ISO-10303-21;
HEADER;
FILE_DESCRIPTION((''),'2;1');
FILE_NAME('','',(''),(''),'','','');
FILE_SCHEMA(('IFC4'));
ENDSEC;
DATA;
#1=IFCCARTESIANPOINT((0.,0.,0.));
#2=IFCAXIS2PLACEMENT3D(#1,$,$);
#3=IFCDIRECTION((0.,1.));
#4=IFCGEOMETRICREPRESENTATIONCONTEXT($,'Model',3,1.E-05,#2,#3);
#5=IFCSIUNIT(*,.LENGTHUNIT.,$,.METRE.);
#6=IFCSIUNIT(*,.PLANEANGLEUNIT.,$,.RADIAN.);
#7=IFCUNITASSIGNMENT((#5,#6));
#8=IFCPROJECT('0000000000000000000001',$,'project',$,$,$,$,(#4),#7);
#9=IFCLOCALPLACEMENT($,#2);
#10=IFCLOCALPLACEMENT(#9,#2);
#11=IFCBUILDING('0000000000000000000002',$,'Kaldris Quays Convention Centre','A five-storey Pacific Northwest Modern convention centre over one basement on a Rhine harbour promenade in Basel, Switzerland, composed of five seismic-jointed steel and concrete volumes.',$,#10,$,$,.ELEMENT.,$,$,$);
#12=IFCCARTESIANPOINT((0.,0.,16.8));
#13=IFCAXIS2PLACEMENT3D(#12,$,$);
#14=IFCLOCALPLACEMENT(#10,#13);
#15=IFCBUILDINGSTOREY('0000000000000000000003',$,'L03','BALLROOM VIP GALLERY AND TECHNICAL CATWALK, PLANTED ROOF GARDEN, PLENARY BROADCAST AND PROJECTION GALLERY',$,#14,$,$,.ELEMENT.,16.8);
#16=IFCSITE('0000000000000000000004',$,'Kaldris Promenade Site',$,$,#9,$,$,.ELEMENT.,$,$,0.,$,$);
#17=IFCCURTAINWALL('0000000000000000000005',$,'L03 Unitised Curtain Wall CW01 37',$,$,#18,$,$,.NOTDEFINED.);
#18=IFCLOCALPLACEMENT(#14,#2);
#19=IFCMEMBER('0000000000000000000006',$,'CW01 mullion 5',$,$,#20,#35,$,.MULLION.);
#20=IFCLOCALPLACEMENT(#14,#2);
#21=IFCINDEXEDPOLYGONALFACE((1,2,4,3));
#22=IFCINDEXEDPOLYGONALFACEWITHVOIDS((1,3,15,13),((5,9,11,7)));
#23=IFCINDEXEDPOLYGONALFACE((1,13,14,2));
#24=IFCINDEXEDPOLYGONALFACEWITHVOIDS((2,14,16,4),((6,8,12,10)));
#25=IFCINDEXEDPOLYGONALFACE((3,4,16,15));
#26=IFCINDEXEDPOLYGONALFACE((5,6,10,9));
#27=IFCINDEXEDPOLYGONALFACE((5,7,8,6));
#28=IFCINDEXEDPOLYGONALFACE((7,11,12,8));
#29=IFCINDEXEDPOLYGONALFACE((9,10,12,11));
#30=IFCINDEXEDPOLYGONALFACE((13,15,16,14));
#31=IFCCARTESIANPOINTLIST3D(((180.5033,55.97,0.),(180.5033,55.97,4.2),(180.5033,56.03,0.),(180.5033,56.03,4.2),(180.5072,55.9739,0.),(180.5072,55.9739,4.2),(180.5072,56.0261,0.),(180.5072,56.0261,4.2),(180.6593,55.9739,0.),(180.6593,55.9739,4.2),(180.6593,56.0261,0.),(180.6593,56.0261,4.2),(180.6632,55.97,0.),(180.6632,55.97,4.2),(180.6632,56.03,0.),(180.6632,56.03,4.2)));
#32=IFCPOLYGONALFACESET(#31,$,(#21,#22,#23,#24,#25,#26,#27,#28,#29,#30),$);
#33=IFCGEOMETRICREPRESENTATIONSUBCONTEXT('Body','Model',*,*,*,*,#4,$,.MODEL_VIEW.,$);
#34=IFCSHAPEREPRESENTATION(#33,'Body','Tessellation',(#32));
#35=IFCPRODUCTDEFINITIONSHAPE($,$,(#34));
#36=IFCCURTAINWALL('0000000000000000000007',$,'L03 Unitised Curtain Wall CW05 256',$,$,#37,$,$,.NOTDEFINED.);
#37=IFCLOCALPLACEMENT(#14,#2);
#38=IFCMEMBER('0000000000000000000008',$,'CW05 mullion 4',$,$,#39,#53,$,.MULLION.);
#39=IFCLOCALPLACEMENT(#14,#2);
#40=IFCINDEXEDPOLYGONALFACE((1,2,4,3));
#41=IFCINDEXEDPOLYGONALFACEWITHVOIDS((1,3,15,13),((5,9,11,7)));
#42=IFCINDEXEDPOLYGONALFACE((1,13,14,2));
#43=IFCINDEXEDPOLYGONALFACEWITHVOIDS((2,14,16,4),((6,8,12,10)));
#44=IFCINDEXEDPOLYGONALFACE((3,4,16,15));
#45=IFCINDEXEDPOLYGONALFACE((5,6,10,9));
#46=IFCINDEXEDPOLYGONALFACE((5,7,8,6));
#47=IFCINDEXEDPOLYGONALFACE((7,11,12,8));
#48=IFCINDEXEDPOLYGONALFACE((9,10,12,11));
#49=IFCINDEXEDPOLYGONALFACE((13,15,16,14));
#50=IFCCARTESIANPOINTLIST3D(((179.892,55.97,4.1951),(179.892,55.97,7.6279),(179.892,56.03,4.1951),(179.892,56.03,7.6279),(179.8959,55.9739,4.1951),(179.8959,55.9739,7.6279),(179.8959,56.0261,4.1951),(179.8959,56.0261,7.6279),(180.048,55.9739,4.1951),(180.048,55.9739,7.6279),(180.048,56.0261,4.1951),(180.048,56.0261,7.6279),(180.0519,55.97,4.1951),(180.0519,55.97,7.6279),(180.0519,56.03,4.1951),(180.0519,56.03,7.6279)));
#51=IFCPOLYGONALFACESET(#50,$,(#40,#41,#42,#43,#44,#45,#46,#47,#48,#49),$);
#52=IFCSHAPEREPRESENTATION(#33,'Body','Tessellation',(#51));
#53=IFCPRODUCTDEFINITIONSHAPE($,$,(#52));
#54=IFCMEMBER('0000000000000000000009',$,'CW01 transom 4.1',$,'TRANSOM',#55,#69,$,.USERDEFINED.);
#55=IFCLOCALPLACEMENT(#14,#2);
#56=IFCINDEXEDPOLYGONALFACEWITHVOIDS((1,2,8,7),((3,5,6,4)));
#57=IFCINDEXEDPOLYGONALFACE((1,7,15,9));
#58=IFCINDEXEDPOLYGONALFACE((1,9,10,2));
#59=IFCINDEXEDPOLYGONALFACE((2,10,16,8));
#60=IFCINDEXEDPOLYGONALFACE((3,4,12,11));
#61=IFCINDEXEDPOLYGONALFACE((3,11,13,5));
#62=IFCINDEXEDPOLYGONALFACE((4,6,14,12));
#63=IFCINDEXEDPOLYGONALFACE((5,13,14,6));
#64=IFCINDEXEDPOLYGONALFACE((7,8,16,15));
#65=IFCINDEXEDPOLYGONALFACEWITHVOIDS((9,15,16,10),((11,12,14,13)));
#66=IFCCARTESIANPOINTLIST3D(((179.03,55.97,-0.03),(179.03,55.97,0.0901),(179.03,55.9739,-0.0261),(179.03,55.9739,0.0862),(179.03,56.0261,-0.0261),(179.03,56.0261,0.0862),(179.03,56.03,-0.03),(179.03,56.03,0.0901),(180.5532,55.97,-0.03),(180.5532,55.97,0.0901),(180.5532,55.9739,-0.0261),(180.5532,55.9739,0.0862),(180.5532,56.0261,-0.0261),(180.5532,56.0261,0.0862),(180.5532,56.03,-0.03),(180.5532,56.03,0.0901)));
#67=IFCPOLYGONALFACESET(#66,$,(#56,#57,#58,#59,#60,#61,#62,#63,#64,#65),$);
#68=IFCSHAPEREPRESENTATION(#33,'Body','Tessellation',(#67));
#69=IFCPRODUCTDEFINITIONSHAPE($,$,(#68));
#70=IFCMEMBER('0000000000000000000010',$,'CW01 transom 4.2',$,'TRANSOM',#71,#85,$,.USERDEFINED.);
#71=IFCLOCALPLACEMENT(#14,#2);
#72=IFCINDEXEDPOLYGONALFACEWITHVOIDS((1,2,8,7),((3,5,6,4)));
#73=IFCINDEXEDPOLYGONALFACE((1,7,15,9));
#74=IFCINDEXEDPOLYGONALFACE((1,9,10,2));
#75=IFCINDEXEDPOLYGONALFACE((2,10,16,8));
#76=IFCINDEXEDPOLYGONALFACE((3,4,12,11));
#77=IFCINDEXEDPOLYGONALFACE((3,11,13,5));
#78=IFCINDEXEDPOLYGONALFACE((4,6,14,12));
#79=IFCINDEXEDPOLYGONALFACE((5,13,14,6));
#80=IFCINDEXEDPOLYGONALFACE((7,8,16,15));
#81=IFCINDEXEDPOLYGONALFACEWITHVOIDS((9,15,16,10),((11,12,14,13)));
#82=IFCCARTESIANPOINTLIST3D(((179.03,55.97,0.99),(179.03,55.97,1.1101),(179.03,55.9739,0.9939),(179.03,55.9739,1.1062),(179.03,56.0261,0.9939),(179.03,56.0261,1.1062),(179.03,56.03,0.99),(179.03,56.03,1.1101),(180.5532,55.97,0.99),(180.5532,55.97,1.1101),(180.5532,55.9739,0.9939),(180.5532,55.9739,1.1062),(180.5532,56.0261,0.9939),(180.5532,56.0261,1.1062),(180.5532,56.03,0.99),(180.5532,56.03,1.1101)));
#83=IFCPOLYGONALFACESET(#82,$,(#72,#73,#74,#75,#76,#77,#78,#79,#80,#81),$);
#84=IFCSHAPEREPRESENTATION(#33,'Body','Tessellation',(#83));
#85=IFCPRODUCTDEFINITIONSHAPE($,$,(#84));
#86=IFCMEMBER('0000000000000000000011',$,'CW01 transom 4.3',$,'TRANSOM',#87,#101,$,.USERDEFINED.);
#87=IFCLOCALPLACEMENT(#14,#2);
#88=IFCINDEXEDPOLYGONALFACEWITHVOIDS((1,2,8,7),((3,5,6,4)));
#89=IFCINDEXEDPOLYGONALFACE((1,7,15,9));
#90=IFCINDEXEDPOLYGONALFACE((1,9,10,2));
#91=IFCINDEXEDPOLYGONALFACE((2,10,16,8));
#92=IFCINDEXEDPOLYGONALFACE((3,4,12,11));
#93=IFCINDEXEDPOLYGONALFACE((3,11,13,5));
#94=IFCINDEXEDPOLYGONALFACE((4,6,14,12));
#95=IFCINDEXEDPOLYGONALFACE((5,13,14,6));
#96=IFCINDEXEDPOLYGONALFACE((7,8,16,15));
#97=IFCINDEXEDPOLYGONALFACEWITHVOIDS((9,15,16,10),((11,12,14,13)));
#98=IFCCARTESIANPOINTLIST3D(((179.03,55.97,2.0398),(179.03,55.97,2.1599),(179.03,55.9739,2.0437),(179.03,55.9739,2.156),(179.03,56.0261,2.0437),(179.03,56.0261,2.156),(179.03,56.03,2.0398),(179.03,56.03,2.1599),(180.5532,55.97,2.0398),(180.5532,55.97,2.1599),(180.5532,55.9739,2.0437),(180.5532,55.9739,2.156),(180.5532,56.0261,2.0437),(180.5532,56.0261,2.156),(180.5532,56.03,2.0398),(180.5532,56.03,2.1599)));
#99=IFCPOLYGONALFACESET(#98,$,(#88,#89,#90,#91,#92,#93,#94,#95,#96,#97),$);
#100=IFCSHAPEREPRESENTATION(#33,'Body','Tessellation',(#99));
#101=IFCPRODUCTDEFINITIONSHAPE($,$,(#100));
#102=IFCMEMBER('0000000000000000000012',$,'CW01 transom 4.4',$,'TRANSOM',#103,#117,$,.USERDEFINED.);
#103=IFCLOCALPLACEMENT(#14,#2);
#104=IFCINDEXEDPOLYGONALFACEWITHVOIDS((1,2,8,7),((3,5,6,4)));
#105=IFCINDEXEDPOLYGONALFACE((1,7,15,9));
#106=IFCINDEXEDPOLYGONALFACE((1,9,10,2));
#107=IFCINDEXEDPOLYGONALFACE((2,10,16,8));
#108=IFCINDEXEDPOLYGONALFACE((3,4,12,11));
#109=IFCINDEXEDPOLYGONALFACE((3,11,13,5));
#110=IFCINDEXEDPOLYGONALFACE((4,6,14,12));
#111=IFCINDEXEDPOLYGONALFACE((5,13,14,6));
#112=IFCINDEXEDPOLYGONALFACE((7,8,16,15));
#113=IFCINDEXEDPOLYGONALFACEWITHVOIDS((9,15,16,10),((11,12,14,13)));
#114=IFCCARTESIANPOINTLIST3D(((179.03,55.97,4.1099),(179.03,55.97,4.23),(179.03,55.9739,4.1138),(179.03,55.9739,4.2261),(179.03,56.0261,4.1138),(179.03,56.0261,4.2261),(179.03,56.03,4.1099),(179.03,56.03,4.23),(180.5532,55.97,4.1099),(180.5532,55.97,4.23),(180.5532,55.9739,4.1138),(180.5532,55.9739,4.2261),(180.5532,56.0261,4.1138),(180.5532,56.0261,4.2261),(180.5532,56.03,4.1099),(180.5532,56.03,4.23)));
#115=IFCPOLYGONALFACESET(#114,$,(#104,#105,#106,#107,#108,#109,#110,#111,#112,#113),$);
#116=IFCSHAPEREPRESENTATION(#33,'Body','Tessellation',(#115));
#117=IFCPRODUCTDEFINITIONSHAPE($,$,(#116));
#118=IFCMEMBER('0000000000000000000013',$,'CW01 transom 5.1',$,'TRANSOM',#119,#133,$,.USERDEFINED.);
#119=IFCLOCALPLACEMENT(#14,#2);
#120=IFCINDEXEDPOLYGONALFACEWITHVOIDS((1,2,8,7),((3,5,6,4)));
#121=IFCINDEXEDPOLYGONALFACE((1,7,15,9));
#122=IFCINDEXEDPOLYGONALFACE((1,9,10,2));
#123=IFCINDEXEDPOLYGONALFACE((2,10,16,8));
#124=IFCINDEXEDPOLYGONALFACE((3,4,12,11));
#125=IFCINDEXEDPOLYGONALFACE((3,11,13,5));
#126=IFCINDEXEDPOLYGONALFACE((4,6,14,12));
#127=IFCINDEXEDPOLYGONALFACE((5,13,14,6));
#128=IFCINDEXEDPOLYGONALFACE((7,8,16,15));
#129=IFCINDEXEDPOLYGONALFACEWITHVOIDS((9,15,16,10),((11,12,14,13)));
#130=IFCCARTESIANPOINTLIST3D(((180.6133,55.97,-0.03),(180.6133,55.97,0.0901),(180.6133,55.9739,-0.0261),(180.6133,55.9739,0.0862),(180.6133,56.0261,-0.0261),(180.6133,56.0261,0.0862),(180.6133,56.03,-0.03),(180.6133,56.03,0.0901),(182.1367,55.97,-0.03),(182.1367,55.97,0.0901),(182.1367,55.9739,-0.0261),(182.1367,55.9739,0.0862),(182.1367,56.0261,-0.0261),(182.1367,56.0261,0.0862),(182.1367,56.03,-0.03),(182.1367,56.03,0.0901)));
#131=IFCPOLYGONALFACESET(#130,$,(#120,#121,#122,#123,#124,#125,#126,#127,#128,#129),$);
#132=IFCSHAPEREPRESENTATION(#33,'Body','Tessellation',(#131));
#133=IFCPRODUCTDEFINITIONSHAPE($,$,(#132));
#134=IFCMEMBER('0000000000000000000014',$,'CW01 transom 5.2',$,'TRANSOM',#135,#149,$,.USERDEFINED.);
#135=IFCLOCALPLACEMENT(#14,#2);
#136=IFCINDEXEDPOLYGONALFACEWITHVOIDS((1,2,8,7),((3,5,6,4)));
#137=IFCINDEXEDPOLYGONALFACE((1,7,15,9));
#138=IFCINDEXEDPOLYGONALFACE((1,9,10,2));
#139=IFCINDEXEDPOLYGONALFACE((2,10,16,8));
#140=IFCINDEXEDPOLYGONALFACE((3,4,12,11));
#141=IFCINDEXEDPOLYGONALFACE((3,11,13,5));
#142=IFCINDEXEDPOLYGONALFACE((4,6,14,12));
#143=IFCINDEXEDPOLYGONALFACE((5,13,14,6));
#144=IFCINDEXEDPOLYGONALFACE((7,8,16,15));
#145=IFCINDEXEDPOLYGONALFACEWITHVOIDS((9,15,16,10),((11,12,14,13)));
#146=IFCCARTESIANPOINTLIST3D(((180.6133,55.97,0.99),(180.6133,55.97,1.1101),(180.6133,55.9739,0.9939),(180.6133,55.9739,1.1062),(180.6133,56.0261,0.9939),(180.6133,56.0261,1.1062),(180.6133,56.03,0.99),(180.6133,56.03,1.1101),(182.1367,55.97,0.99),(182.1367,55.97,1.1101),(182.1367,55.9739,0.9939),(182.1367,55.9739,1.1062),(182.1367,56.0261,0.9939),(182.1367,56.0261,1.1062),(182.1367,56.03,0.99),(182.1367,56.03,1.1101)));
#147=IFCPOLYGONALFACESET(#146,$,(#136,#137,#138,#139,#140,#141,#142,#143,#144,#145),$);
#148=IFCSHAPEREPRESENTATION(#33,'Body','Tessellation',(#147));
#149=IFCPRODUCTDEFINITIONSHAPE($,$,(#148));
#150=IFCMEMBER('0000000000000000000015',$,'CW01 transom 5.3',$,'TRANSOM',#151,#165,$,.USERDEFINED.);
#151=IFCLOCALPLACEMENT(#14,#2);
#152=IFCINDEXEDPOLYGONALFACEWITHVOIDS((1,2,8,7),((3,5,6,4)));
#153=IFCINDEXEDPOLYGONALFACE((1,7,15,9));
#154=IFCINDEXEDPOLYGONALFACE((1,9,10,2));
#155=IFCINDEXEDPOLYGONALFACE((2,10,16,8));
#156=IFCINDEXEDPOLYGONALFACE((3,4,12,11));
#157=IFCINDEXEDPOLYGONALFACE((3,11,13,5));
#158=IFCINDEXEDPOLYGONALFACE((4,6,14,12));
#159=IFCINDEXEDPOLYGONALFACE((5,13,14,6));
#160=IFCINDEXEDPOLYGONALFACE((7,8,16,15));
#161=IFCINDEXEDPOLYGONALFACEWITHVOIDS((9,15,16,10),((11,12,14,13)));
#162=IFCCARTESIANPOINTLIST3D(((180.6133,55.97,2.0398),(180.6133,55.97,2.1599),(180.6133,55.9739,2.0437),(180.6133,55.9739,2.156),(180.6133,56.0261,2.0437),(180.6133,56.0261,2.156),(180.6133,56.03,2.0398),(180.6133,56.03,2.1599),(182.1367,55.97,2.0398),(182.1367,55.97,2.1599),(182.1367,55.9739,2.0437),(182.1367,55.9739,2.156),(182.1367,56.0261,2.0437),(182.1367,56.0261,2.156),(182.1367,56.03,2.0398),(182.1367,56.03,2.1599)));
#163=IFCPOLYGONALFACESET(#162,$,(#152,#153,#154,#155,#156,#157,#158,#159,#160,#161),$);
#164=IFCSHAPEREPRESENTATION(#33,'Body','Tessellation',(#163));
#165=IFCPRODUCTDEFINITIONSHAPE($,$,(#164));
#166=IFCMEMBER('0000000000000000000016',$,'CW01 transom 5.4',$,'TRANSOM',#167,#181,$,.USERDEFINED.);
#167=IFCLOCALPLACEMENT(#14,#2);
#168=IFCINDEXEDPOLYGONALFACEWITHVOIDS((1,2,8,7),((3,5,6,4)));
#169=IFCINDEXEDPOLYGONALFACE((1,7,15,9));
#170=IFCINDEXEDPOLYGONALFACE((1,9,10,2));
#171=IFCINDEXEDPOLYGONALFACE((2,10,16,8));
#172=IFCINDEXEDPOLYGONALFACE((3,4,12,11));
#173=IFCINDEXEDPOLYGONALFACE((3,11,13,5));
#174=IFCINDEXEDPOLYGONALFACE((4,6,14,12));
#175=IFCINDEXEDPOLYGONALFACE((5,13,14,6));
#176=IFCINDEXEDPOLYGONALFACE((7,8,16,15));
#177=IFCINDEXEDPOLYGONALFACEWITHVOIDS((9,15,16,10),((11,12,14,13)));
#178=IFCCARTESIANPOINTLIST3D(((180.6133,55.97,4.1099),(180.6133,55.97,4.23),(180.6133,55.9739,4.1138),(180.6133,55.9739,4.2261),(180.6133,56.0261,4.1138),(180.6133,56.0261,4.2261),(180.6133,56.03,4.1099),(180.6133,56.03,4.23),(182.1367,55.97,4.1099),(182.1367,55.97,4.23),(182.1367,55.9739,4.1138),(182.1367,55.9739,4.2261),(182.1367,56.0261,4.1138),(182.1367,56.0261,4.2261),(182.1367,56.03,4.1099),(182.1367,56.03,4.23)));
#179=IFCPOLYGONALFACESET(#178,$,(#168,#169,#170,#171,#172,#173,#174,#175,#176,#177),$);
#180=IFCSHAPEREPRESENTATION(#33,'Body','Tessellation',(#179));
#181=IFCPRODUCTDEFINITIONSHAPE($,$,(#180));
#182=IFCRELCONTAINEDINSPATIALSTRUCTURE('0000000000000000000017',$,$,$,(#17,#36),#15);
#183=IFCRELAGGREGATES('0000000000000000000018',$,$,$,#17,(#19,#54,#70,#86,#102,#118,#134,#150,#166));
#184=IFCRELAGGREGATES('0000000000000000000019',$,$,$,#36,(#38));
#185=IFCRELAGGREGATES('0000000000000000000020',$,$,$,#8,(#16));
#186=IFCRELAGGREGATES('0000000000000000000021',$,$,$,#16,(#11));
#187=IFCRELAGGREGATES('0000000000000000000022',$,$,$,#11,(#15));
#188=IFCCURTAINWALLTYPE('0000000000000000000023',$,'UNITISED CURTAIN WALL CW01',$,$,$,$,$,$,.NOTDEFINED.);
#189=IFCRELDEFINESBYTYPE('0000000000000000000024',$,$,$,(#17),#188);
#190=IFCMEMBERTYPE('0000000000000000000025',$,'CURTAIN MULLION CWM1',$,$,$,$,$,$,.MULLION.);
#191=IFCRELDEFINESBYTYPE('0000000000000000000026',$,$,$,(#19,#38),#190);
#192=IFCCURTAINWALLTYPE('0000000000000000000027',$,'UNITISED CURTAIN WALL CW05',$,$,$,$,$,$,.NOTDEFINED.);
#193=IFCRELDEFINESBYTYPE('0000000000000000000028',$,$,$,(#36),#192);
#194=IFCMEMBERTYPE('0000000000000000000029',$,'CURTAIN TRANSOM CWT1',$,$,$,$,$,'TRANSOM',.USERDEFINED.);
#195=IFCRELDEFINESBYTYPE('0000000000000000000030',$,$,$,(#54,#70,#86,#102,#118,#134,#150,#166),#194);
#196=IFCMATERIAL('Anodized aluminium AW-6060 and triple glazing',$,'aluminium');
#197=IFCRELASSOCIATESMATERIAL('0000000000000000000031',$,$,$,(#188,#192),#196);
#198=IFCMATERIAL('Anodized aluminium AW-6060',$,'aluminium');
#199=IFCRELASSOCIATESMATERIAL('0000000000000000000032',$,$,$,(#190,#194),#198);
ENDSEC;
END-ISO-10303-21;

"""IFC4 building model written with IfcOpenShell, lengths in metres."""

from ifc_helpers import new_model, si_unit, direction, frame, origin, origin_2d, place, context, subcontext, project, spatial, hollow_rectangle, extrude, material, material_profile, profile_set, type_object, element, aggregate, save


model = new_model("IFC4")

# Units and contexts
model_context = context("Model", 3, precision=1e-05, world=origin(), true_north=direction((0.0, 1.0)))
body_context = subcontext(model_context, "Body", "Model", "MODEL_VIEW")
ifc_project = project(units=[si_unit("LENGTHUNIT", "METRE"), si_unit("PLANEANGLEUNIT", "RADIAN")], contexts=[model_context])

# Site, building, storey
site_placement = place(None, origin())
site = spatial("IfcSite", under=ifc_project, at=site_placement, Name="Kaldris Promenade Site", CompositionType="ELEMENT", RefElevation=0.0)
building_placement = place(site_placement, origin())
building = spatial("IfcBuilding", under=site, at=building_placement, Name="Kaldris Quays Convention Centre", Description="A five-storey Pacific Northwest Modern convention centre over one basement on a Rhine harbour promenade in Basel, Switzerland, composed of five seismic-jointed steel and concrete volumes.", CompositionType="ELEMENT")
storey_placement = place(building_placement, frame((0.0, 0.0, 16.8)))
storey = spatial("IfcBuildingStorey", under=building, at=storey_placement, Name="L03", Description="BALLROOM VIP GALLERY AND TECHNICAL CATWALK, PLANTED ROOF GARDEN, PLENARY BROADCAST AND PROJECTION GALLERY", CompositionType="ELEMENT", Elevation=16.8)

# Curtain walls, members
ifc_material_1 = material(Name="Anodized aluminium AW-6060 and triple glazing", Category="aluminium")
curtain_wall_type_1 = type_object("IfcCurtainWallType", Name="UNITISED CURTAIN WALL CW01", PredefinedType="NOTDEFINED", material=ifc_material_1)
curtain_wall_1_placement = place(storey_placement, origin())
curtain_wall_1 = element("IfcCurtainWall", 1, at=curtain_wall_1_placement, inside=storey, type_object=curtain_wall_type_1, Name="L03 Unitised Curtain Wall CW01 37", PredefinedType="NOTDEFINED")
ifc_material_2 = material(Name="Anodized aluminium AW-6060", Category="aluminium")
ifc_material_profile_1 = material_profile(ifc_material_2, hollow_rectangle(XDim=0.0601, YDim=0.1599, WallThickness=0.0039, at=origin_2d()), Name="RHS 160x60x4")
ifc_profile_set_1 = profile_set([ifc_material_profile_1], Name="Anodized aluminium AW-6060")
member_type_1 = type_object("IfcMemberType", Name="CURTAIN MULLION CWM1", PredefinedType="MULLION", material=ifc_profile_set_1)
member_1_placement = place(storey_placement, frame((180.5833, 56.0, 0.0), z_axis=(0.0, 0.0, 1.0), x_axis=(0.0, 1.0, 0.0)))
member_1 = element("IfcMember", 2, at=member_1_placement, type_object=member_type_1, Name="CW01 mullion 5", PredefinedType="MULLION", context=body_context, shape_type="SweptSolid", body=[
    extrude(hollow_rectangle(XDim=0.0601, YDim=0.1599, WallThickness=0.0039, at=origin_2d()), origin(), (0.0, 0.0, 1.0), 4.2),
])
curtain_wall_type_2 = type_object("IfcCurtainWallType", Name="UNITISED CURTAIN WALL CW05", PredefinedType="NOTDEFINED", material=ifc_material_1)
curtain_wall_2_placement = place(storey_placement, origin())
curtain_wall_2 = element("IfcCurtainWall", 3, at=curtain_wall_2_placement, inside=storey, type_object=curtain_wall_type_2, Name="L03 Unitised Curtain Wall CW05 256", PredefinedType="NOTDEFINED")
member_2_placement = place(storey_placement, frame((179.9719, 56.0, 4.1951), z_axis=(0.0, 0.0, 1.0), x_axis=(0.0, 1.0, 0.0)))
member_2 = element("IfcMember", 4, at=member_2_placement, type_object=member_type_1, Name="CW05 mullion 4", PredefinedType="MULLION", context=body_context, shape_type="SweptSolid", body=[
    extrude(hollow_rectangle(XDim=0.0601, YDim=0.1599, WallThickness=0.0039, at=origin_2d()), origin(), (0.0, 0.0, 1.0), 3.4329),
])

# Members
ifc_material_profile_2 = material_profile(ifc_material_2, hollow_rectangle(XDim=0.0601, YDim=0.1201, WallThickness=0.0039, at=origin_2d()), Name="RHS 120x60x4")
ifc_profile_set_2 = profile_set([ifc_material_profile_2], Name="Anodized aluminium AW-6060")
member_type_2 = type_object("IfcMemberType", Name="CURTAIN TRANSOM CWT1", ElementType="TRANSOM", PredefinedType="USERDEFINED", material=ifc_profile_set_2)
member_3_placement = place(storey_placement, frame((179.03, 56.0, 0.03), z_axis=(1.0, 0.0, 0.0), x_axis=(0.0, 1.0, 0.0)))
member_3 = element("IfcMember", 5, at=member_3_placement, type_object=member_type_2, Name="CW01 transom 4.1", ObjectType="TRANSOM", PredefinedType="USERDEFINED", context=body_context, shape_type="SweptSolid", body=[
    extrude(hollow_rectangle(XDim=0.0601, YDim=0.1201, WallThickness=0.0039, at=origin_2d()), origin(), (0.0, 0.0, 1.0), 1.5232),
])
member_4_placement = place(storey_placement, frame((179.03, 56.0, 1.05), z_axis=(1.0, 0.0, 0.0), x_axis=(0.0, 1.0, 0.0)))
member_4 = element("IfcMember", 6, at=member_4_placement, type_object=member_type_2, Name="CW01 transom 4.2", ObjectType="TRANSOM", PredefinedType="USERDEFINED", context=body_context, shape_type="SweptSolid", body=[
    extrude(hollow_rectangle(XDim=0.0601, YDim=0.1201, WallThickness=0.0039, at=origin_2d()), origin(), (0.0, 0.0, 1.0), 1.5232),
])
member_5_placement = place(storey_placement, frame((179.03, 56.0, 2.0999), z_axis=(1.0, 0.0, 0.0), x_axis=(0.0, 1.0, 0.0)))
member_5 = element("IfcMember", 7, at=member_5_placement, type_object=member_type_2, Name="CW01 transom 4.3", ObjectType="TRANSOM", PredefinedType="USERDEFINED", context=body_context, shape_type="SweptSolid", body=[
    extrude(hollow_rectangle(XDim=0.0601, YDim=0.1201, WallThickness=0.0039, at=origin_2d()), origin(), (0.0, 0.0, 1.0), 1.5232),
])
member_6_placement = place(storey_placement, frame((179.03, 56.0, 4.1699), z_axis=(1.0, 0.0, 0.0), x_axis=(0.0, 1.0, 0.0)))
member_6 = element("IfcMember", 8, at=member_6_placement, type_object=member_type_2, Name="CW01 transom 4.4", ObjectType="TRANSOM", PredefinedType="USERDEFINED", context=body_context, shape_type="SweptSolid", body=[
    extrude(hollow_rectangle(XDim=0.0601, YDim=0.1201, WallThickness=0.0039, at=origin_2d()), origin(), (0.0, 0.0, 1.0), 1.5232),
])
member_7_placement = place(storey_placement, frame((180.6133, 56.0, 0.03), z_axis=(1.0, 0.0, 0.0), x_axis=(0.0, 1.0, 0.0)))
member_7 = element("IfcMember", 9, at=member_7_placement, type_object=member_type_2, Name="CW01 transom 5.1", ObjectType="TRANSOM", PredefinedType="USERDEFINED", context=body_context, shape_type="SweptSolid", body=[
    extrude(hollow_rectangle(XDim=0.0601, YDim=0.1201, WallThickness=0.0039, at=origin_2d()), origin(), (0.0, 0.0, 1.0), 1.5234),
])
member_8_placement = place(storey_placement, frame((180.6133, 56.0, 1.05), z_axis=(1.0, 0.0, 0.0), x_axis=(0.0, 1.0, 0.0)))
member_8 = element("IfcMember", 10, at=member_8_placement, type_object=member_type_2, Name="CW01 transom 5.2", ObjectType="TRANSOM", PredefinedType="USERDEFINED", context=body_context, shape_type="SweptSolid", body=[
    extrude(hollow_rectangle(XDim=0.0601, YDim=0.1201, WallThickness=0.0039, at=origin_2d()), origin(), (0.0, 0.0, 1.0), 1.5234),
])
member_9_placement = place(storey_placement, frame((180.6133, 56.0, 2.0999), z_axis=(1.0, 0.0, 0.0), x_axis=(0.0, 1.0, 0.0)))
member_9 = element("IfcMember", 11, at=member_9_placement, type_object=member_type_2, Name="CW01 transom 5.3", ObjectType="TRANSOM", PredefinedType="USERDEFINED", context=body_context, shape_type="SweptSolid", body=[
    extrude(hollow_rectangle(XDim=0.0601, YDim=0.1201, WallThickness=0.0039, at=origin_2d()), origin(), (0.0, 0.0, 1.0), 1.5234),
])
member_10_placement = place(storey_placement, frame((180.6133, 56.0, 4.1699), z_axis=(1.0, 0.0, 0.0), x_axis=(0.0, 1.0, 0.0)))
member_10 = element("IfcMember", 12, at=member_10_placement, type_object=member_type_2, Name="CW01 transom 5.4", ObjectType="TRANSOM", PredefinedType="USERDEFINED", context=body_context, shape_type="SweptSolid", body=[
    extrude(hollow_rectangle(XDim=0.0601, YDim=0.1201, WallThickness=0.0039, at=origin_2d()), origin(), (0.0, 0.0, 1.0), 1.5234),
])

aggregate(curtain_wall_1, [member_1, member_3, member_4, member_5, member_6, member_7, member_8, member_9, member_10])
aggregate(curtain_wall_2, [member_2])

save(model, "model.ifc")
